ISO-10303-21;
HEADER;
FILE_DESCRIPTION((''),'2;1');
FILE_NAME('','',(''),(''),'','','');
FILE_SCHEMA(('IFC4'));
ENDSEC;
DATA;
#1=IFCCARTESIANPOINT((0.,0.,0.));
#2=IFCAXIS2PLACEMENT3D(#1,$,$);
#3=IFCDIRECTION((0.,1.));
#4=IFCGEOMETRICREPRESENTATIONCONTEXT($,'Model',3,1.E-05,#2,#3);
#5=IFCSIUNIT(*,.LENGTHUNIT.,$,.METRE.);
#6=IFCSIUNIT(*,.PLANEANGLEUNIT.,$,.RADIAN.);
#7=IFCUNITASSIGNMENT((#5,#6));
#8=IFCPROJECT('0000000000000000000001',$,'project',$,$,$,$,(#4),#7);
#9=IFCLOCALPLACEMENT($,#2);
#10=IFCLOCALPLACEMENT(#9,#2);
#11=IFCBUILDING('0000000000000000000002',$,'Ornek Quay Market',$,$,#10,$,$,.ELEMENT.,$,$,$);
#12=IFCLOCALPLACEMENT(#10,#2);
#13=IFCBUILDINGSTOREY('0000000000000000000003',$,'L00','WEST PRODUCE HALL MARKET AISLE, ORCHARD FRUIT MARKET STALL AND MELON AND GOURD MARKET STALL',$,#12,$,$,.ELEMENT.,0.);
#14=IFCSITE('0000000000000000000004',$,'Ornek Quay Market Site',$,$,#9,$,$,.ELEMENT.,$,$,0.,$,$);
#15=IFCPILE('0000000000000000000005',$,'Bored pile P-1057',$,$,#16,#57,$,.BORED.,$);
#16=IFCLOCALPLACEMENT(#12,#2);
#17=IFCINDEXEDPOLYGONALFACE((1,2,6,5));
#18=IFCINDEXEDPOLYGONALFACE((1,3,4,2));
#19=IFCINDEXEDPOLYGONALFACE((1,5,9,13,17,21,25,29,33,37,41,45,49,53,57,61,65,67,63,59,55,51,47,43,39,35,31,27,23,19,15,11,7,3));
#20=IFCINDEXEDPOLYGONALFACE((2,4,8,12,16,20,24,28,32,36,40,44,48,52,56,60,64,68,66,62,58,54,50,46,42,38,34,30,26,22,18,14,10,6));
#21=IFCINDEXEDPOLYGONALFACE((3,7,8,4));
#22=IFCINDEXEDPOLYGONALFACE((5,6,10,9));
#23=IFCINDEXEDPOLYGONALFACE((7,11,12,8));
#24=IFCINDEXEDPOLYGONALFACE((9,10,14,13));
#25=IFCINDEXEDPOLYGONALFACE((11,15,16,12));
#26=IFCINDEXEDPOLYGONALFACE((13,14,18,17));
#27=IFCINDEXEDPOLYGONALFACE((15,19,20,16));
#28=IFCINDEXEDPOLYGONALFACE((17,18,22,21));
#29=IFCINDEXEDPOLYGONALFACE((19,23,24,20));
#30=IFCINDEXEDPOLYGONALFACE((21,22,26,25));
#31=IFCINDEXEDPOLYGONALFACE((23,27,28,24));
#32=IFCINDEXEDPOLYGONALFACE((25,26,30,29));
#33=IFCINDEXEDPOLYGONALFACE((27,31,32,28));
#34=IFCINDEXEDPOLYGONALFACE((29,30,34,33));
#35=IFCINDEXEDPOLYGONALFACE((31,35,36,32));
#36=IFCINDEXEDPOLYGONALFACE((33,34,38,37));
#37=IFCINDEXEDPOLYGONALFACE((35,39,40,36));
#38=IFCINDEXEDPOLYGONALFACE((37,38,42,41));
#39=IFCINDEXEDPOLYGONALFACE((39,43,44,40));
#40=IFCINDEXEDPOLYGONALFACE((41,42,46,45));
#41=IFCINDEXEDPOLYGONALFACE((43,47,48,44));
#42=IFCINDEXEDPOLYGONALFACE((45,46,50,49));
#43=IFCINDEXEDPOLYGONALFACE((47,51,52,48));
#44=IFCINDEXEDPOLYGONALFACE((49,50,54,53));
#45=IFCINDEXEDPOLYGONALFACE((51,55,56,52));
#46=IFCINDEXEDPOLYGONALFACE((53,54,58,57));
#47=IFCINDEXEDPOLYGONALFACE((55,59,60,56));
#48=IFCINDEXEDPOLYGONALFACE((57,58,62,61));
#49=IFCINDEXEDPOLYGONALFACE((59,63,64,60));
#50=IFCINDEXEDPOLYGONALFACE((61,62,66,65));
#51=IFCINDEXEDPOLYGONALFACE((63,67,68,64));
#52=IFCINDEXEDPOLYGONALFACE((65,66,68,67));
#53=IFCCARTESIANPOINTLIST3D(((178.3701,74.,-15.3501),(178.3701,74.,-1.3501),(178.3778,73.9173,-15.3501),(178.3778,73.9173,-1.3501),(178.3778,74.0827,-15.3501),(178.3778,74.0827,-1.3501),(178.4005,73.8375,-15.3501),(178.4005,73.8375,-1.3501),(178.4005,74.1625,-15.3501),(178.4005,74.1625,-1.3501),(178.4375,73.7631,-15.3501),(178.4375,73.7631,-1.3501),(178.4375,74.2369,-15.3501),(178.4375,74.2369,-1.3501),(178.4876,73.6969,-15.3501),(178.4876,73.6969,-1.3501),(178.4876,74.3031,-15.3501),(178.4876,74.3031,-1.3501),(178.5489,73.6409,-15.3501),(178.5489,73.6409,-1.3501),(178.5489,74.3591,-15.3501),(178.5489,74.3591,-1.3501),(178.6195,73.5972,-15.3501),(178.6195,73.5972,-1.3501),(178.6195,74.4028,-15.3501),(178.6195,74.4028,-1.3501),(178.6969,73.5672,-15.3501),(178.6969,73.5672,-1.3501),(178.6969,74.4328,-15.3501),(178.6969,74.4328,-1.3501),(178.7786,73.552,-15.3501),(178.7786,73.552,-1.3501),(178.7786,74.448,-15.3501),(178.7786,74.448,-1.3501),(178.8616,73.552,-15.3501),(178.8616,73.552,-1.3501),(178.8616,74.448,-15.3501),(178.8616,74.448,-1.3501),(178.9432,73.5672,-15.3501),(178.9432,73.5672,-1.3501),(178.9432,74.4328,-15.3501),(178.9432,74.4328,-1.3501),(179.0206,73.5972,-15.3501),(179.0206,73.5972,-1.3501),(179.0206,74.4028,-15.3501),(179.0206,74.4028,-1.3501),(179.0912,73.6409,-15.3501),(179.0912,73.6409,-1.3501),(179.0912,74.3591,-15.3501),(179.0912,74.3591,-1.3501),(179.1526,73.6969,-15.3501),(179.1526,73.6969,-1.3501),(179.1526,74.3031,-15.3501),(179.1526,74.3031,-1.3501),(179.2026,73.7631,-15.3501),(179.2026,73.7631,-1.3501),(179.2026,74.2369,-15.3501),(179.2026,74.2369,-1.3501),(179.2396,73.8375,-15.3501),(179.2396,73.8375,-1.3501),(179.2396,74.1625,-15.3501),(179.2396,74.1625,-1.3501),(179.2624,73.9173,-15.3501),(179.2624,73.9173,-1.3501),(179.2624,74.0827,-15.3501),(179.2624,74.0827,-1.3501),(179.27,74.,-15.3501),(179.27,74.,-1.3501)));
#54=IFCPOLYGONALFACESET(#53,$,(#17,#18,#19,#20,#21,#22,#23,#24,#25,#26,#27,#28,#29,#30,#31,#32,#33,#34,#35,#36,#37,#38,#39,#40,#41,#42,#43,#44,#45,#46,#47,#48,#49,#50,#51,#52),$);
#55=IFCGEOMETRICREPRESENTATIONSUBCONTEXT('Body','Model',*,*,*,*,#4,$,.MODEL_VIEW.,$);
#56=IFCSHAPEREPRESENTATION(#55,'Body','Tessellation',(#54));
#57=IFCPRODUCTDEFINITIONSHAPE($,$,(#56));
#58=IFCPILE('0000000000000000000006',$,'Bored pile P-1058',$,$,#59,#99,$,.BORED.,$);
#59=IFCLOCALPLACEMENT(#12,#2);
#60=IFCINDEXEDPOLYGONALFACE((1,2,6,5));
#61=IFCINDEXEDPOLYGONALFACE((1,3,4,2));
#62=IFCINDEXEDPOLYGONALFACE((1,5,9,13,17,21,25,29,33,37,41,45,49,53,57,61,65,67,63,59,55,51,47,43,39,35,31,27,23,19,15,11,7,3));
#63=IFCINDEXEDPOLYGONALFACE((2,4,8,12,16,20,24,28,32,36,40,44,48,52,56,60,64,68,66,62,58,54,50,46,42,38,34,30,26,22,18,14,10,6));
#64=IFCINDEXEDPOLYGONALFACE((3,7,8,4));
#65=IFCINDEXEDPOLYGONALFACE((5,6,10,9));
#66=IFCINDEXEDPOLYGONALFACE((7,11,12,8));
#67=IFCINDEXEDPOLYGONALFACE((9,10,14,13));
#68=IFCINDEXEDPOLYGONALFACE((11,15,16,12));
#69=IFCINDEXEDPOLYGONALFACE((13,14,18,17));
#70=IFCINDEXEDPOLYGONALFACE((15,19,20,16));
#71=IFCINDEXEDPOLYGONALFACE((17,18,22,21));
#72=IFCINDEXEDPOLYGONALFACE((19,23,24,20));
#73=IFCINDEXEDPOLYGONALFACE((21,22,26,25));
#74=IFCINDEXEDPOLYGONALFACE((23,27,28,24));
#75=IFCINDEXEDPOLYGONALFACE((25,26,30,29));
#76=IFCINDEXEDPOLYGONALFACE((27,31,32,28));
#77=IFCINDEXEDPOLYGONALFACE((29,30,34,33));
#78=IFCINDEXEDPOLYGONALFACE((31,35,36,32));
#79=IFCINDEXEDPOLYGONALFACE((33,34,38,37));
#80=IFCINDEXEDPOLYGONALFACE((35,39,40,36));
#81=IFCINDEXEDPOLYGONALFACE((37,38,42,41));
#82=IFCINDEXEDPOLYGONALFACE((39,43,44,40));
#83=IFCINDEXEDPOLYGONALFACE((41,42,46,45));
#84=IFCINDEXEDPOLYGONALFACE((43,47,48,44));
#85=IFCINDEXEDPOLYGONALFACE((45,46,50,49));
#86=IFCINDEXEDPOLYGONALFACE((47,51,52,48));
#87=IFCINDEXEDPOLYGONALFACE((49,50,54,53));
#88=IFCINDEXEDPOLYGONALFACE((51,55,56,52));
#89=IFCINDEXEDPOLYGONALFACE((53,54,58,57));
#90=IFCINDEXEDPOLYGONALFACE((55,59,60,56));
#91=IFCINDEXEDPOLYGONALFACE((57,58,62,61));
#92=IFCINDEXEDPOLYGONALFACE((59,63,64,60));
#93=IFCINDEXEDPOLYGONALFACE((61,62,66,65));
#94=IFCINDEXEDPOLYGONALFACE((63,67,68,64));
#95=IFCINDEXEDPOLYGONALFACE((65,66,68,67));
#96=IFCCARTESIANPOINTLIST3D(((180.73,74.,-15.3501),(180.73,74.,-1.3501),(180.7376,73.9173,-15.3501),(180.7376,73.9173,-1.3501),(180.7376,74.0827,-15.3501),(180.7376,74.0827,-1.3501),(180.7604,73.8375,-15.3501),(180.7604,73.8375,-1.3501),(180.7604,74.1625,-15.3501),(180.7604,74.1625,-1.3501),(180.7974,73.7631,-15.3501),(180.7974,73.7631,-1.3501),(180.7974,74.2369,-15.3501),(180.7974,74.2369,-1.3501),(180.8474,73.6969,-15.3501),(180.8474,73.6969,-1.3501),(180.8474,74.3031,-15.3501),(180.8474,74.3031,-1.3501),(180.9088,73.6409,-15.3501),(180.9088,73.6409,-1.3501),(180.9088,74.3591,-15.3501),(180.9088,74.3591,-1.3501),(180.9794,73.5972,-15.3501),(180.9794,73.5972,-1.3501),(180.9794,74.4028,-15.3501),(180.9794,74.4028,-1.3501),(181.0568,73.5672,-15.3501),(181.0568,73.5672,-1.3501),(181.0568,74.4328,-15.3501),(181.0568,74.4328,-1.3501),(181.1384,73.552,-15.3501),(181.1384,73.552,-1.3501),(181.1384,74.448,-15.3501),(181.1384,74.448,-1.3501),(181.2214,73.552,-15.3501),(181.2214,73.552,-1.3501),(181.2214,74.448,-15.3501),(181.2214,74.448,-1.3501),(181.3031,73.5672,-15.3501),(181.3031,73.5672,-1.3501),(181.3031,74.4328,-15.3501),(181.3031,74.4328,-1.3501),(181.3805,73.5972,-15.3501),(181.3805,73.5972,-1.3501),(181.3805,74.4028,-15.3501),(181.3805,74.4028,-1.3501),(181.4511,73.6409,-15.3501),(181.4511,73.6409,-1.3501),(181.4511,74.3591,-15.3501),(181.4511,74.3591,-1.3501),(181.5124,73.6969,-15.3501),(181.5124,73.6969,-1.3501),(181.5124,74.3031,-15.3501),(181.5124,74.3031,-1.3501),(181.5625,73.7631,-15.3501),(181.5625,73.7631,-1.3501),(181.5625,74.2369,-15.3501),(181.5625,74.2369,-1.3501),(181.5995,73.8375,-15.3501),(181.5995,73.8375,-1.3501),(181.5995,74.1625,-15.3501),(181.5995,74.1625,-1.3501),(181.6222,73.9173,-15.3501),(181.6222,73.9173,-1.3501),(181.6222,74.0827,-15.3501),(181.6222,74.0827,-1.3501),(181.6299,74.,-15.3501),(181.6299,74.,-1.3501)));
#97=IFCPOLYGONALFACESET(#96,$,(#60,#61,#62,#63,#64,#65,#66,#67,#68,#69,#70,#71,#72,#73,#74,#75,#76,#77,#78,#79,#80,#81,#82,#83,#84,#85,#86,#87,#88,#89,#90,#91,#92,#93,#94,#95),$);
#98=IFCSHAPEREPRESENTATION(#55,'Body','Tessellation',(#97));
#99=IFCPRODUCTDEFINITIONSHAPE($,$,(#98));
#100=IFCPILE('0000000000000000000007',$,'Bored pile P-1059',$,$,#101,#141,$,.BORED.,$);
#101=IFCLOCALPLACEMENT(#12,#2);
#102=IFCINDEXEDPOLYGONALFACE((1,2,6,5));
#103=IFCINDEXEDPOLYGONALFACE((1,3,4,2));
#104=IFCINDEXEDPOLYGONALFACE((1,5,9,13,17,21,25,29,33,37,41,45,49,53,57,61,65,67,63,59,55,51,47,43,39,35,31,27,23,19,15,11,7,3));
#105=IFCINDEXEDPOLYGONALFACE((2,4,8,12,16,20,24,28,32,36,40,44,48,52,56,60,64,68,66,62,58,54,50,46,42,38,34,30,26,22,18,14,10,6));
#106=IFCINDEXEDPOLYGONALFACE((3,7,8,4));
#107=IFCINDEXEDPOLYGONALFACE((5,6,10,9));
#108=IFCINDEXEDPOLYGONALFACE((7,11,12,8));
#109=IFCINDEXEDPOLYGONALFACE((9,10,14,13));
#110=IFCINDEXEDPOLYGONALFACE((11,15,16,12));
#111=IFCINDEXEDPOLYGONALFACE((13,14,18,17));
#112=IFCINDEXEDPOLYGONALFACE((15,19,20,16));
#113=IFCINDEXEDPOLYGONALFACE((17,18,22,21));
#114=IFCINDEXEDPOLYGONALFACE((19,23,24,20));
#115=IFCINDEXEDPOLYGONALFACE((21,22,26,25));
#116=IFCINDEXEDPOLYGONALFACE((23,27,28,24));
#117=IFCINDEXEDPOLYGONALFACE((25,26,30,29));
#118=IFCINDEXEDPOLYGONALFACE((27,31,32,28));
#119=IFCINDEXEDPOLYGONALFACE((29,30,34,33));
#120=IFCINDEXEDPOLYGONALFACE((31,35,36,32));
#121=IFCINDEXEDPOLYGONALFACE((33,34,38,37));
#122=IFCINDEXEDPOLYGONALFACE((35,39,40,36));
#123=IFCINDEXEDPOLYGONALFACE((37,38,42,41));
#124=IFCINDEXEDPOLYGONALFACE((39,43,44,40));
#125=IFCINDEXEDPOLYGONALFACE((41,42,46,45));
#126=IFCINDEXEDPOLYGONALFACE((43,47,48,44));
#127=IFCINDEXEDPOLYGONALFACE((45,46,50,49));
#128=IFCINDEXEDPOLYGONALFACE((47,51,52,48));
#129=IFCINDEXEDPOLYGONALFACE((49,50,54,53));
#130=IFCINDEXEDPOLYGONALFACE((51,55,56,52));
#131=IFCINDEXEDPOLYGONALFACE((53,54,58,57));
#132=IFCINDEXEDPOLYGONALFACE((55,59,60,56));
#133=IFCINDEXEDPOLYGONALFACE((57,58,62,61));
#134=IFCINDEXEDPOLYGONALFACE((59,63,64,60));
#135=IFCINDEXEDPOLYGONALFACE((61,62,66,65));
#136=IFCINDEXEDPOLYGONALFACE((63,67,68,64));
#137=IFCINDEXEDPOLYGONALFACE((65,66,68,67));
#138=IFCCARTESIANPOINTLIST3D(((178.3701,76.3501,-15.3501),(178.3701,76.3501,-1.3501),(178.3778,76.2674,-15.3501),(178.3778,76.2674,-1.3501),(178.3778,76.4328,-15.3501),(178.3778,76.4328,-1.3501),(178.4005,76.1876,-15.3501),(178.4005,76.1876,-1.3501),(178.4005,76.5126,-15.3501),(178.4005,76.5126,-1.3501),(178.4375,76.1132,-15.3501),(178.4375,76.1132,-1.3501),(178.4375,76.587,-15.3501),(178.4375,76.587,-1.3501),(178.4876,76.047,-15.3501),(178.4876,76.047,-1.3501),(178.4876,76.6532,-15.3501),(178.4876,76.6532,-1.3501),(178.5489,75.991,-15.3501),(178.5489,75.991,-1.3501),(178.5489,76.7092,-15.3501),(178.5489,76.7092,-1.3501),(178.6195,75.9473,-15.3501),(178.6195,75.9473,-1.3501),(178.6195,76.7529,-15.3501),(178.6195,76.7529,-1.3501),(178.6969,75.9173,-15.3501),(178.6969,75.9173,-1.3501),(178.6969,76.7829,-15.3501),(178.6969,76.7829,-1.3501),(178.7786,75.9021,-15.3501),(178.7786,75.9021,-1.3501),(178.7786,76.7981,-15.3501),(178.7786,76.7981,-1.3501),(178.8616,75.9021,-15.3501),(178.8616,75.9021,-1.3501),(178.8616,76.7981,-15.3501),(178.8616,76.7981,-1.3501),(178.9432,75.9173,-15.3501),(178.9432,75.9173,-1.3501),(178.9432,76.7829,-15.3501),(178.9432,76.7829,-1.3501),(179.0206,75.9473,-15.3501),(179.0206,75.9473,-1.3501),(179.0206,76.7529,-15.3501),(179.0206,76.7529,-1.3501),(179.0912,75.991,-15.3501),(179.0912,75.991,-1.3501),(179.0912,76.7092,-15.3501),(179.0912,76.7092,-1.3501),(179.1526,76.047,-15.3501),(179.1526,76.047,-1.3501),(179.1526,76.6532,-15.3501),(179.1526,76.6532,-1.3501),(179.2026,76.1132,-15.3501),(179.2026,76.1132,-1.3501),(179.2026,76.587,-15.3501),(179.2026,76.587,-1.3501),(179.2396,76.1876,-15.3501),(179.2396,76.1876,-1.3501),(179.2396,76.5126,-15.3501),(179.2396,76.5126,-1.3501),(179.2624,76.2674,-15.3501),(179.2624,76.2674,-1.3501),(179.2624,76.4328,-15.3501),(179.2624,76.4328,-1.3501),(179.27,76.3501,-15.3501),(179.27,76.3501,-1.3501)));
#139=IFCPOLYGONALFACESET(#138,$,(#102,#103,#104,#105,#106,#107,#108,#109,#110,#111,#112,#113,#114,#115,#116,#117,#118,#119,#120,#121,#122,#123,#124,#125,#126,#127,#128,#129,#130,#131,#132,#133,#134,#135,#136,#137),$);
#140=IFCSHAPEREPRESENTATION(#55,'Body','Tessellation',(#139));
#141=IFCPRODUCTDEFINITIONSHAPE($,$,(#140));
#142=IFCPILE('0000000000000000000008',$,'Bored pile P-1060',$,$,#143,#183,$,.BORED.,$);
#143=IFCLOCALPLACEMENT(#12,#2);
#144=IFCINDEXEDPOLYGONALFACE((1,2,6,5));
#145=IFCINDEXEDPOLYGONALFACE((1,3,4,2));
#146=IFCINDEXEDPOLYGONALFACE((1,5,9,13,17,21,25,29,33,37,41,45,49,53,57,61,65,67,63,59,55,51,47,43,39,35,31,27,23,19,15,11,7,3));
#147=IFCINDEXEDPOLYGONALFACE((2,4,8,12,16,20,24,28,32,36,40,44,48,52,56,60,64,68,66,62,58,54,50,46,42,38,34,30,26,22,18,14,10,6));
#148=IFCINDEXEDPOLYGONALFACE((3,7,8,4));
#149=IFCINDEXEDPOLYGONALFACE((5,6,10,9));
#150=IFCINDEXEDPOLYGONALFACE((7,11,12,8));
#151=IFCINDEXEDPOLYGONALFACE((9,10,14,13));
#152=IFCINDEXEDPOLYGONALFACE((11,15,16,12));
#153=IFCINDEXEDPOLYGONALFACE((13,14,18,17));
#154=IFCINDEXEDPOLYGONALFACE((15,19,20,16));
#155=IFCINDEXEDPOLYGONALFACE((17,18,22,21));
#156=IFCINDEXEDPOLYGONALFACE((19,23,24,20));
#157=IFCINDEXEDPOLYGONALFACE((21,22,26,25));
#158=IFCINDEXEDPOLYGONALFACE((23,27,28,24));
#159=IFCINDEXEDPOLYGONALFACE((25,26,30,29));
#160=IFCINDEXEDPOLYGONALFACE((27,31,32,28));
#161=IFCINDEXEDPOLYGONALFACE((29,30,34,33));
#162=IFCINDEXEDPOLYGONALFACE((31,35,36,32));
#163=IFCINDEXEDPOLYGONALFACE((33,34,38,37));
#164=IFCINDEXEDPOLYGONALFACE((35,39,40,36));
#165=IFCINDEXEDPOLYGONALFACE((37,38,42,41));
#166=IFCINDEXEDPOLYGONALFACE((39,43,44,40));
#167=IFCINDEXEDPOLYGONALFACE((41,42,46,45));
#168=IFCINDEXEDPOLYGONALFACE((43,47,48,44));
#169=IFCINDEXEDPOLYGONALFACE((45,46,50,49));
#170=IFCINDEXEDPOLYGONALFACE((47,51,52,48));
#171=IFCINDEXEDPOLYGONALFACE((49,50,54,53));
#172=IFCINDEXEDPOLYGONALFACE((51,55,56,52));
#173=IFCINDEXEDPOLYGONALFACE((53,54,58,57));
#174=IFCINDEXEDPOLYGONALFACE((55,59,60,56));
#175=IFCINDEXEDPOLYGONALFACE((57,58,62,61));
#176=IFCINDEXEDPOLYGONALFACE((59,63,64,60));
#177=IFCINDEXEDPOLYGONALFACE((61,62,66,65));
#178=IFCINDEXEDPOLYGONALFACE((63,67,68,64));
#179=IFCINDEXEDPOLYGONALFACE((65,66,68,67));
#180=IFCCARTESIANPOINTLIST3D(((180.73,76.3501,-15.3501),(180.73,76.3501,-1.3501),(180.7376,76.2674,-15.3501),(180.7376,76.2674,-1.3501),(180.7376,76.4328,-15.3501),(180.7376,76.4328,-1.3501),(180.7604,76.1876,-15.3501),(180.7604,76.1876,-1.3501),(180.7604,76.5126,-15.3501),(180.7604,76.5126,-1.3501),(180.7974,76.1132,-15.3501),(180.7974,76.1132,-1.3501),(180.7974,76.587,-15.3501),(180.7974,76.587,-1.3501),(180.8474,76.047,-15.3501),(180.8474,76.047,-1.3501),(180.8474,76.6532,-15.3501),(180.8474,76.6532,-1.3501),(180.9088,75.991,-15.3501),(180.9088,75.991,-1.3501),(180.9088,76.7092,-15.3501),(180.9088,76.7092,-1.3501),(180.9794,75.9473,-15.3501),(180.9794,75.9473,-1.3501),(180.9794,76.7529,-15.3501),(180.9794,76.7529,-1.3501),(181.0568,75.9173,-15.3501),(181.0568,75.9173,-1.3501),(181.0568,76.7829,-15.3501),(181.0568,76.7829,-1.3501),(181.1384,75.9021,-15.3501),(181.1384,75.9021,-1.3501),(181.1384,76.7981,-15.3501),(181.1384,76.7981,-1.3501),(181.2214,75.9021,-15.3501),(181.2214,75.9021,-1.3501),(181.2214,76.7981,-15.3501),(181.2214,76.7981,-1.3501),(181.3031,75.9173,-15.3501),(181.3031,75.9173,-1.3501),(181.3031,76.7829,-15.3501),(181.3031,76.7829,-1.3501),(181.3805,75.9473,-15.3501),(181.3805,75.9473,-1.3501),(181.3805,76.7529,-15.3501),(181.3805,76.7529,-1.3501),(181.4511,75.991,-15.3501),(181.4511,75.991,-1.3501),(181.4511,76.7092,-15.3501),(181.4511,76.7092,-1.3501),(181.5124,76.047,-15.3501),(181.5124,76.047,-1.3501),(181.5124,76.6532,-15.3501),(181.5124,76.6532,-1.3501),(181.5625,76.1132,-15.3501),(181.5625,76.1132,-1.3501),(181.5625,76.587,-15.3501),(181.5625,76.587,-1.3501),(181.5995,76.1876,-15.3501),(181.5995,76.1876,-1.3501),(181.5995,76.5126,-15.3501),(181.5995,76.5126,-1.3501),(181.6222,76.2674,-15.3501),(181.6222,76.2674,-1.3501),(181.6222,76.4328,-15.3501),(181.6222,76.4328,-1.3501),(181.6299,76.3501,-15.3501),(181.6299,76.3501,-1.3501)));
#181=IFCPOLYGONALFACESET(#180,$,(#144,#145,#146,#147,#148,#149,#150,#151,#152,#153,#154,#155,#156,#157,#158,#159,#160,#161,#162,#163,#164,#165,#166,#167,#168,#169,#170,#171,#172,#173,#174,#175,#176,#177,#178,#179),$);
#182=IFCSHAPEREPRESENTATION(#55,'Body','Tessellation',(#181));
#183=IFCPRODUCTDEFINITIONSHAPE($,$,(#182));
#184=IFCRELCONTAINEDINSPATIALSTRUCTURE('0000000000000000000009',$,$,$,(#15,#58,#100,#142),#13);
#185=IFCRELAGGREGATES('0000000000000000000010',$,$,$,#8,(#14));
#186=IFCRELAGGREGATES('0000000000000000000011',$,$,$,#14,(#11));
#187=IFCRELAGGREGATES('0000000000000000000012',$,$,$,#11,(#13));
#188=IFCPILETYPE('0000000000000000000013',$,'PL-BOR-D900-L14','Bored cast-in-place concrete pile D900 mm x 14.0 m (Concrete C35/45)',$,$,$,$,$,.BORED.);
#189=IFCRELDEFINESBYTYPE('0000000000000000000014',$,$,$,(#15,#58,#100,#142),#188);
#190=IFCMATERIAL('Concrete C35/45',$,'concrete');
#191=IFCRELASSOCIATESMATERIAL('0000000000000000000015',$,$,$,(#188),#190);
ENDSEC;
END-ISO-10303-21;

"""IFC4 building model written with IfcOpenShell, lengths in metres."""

from ifc_helpers import new_model, si_unit, direction, frame, origin, origin_2d, place, context, subcontext, project, spatial, circle, extrude, material, material_profile, profile_set, type_object, element, save


model = new_model("IFC4")

# Units and contexts
model_context = context("Model", 3, precision=1e-05, world=origin(), true_north=direction((0.0, 1.0)))
body_context = subcontext(model_context, "Body", "Model", "MODEL_VIEW")
ifc_project = project(units=[si_unit("LENGTHUNIT", "METRE"), si_unit("PLANEANGLEUNIT", "RADIAN")], contexts=[model_context])

# Site, building, storey
site_placement = place(None, origin())
site = spatial("IfcSite", under=ifc_project, at=site_placement, Name="Ornek Quay Market Site", CompositionType="ELEMENT", RefElevation=0.0)
building_placement = place(site_placement, origin())
building = spatial("IfcBuilding", under=site, at=building_placement, Name="Ornek Quay Market", CompositionType="ELEMENT")
storey_placement = place(building_placement, origin())
storey = spatial("IfcBuildingStorey", under=building, at=storey_placement, Name="L00", Description="WEST PRODUCE HALL MARKET AISLE, ORCHARD FRUIT MARKET STALL AND MELON AND GOURD MARKET STALL", CompositionType="ELEMENT", Elevation=0.0)

# Piles
ifc_material_1 = material(Name="Concrete C35/45", Category="concrete")
ifc_material_profile_1 = material_profile(ifc_material_1, circle(Radius=0.45, at=origin_2d()), Name="PILE D900", Category="concrete")
ifc_profile_set_1 = profile_set([ifc_material_profile_1], Name="Concrete C35/45")
pile_type = type_object("IfcPileType", Name="PL-BOR-D900-L14", Description="Bored cast-in-place concrete pile D900 mm x 14.0 m (Concrete C35/45)", PredefinedType="BORED", material=ifc_profile_set_1)
for number, where, z_axis, x_axis, name in (
    (1, (178.8201, 74.0, -1.3501), (0.0, 0.0, -1.0), (1.0, 0.0, 0.0), "Bored pile P-1057"),
    (2, (181.1799, 74.0, -1.3501), (0.0, 0.0, -1.0), (1.0, 0.0, 0.0), "Bored pile P-1058"),
    (3, (178.8201, 76.3501, -1.3501), (0.0, 0.0, -1.0), (1.0, 0.0, 0.0), "Bored pile P-1059"),
    (4, (181.1799, 76.3501, -1.3501), (0.0, 0.0, -1.0), (1.0, 0.0, 0.0), "Bored pile P-1060"),
):
    element("IfcPile", number, at=place(storey_placement, frame(where, z_axis=z_axis, x_axis=x_axis)), inside=storey, type_object=pile_type, Name=name, PredefinedType="BORED", context=body_context, shape_type="SweptSolid", body=[
        extrude(circle(Radius=0.45, at=origin_2d()), origin(), (0.0, 0.0, 1.0), 14.0),
    ])

save(model, "model.ifc")
